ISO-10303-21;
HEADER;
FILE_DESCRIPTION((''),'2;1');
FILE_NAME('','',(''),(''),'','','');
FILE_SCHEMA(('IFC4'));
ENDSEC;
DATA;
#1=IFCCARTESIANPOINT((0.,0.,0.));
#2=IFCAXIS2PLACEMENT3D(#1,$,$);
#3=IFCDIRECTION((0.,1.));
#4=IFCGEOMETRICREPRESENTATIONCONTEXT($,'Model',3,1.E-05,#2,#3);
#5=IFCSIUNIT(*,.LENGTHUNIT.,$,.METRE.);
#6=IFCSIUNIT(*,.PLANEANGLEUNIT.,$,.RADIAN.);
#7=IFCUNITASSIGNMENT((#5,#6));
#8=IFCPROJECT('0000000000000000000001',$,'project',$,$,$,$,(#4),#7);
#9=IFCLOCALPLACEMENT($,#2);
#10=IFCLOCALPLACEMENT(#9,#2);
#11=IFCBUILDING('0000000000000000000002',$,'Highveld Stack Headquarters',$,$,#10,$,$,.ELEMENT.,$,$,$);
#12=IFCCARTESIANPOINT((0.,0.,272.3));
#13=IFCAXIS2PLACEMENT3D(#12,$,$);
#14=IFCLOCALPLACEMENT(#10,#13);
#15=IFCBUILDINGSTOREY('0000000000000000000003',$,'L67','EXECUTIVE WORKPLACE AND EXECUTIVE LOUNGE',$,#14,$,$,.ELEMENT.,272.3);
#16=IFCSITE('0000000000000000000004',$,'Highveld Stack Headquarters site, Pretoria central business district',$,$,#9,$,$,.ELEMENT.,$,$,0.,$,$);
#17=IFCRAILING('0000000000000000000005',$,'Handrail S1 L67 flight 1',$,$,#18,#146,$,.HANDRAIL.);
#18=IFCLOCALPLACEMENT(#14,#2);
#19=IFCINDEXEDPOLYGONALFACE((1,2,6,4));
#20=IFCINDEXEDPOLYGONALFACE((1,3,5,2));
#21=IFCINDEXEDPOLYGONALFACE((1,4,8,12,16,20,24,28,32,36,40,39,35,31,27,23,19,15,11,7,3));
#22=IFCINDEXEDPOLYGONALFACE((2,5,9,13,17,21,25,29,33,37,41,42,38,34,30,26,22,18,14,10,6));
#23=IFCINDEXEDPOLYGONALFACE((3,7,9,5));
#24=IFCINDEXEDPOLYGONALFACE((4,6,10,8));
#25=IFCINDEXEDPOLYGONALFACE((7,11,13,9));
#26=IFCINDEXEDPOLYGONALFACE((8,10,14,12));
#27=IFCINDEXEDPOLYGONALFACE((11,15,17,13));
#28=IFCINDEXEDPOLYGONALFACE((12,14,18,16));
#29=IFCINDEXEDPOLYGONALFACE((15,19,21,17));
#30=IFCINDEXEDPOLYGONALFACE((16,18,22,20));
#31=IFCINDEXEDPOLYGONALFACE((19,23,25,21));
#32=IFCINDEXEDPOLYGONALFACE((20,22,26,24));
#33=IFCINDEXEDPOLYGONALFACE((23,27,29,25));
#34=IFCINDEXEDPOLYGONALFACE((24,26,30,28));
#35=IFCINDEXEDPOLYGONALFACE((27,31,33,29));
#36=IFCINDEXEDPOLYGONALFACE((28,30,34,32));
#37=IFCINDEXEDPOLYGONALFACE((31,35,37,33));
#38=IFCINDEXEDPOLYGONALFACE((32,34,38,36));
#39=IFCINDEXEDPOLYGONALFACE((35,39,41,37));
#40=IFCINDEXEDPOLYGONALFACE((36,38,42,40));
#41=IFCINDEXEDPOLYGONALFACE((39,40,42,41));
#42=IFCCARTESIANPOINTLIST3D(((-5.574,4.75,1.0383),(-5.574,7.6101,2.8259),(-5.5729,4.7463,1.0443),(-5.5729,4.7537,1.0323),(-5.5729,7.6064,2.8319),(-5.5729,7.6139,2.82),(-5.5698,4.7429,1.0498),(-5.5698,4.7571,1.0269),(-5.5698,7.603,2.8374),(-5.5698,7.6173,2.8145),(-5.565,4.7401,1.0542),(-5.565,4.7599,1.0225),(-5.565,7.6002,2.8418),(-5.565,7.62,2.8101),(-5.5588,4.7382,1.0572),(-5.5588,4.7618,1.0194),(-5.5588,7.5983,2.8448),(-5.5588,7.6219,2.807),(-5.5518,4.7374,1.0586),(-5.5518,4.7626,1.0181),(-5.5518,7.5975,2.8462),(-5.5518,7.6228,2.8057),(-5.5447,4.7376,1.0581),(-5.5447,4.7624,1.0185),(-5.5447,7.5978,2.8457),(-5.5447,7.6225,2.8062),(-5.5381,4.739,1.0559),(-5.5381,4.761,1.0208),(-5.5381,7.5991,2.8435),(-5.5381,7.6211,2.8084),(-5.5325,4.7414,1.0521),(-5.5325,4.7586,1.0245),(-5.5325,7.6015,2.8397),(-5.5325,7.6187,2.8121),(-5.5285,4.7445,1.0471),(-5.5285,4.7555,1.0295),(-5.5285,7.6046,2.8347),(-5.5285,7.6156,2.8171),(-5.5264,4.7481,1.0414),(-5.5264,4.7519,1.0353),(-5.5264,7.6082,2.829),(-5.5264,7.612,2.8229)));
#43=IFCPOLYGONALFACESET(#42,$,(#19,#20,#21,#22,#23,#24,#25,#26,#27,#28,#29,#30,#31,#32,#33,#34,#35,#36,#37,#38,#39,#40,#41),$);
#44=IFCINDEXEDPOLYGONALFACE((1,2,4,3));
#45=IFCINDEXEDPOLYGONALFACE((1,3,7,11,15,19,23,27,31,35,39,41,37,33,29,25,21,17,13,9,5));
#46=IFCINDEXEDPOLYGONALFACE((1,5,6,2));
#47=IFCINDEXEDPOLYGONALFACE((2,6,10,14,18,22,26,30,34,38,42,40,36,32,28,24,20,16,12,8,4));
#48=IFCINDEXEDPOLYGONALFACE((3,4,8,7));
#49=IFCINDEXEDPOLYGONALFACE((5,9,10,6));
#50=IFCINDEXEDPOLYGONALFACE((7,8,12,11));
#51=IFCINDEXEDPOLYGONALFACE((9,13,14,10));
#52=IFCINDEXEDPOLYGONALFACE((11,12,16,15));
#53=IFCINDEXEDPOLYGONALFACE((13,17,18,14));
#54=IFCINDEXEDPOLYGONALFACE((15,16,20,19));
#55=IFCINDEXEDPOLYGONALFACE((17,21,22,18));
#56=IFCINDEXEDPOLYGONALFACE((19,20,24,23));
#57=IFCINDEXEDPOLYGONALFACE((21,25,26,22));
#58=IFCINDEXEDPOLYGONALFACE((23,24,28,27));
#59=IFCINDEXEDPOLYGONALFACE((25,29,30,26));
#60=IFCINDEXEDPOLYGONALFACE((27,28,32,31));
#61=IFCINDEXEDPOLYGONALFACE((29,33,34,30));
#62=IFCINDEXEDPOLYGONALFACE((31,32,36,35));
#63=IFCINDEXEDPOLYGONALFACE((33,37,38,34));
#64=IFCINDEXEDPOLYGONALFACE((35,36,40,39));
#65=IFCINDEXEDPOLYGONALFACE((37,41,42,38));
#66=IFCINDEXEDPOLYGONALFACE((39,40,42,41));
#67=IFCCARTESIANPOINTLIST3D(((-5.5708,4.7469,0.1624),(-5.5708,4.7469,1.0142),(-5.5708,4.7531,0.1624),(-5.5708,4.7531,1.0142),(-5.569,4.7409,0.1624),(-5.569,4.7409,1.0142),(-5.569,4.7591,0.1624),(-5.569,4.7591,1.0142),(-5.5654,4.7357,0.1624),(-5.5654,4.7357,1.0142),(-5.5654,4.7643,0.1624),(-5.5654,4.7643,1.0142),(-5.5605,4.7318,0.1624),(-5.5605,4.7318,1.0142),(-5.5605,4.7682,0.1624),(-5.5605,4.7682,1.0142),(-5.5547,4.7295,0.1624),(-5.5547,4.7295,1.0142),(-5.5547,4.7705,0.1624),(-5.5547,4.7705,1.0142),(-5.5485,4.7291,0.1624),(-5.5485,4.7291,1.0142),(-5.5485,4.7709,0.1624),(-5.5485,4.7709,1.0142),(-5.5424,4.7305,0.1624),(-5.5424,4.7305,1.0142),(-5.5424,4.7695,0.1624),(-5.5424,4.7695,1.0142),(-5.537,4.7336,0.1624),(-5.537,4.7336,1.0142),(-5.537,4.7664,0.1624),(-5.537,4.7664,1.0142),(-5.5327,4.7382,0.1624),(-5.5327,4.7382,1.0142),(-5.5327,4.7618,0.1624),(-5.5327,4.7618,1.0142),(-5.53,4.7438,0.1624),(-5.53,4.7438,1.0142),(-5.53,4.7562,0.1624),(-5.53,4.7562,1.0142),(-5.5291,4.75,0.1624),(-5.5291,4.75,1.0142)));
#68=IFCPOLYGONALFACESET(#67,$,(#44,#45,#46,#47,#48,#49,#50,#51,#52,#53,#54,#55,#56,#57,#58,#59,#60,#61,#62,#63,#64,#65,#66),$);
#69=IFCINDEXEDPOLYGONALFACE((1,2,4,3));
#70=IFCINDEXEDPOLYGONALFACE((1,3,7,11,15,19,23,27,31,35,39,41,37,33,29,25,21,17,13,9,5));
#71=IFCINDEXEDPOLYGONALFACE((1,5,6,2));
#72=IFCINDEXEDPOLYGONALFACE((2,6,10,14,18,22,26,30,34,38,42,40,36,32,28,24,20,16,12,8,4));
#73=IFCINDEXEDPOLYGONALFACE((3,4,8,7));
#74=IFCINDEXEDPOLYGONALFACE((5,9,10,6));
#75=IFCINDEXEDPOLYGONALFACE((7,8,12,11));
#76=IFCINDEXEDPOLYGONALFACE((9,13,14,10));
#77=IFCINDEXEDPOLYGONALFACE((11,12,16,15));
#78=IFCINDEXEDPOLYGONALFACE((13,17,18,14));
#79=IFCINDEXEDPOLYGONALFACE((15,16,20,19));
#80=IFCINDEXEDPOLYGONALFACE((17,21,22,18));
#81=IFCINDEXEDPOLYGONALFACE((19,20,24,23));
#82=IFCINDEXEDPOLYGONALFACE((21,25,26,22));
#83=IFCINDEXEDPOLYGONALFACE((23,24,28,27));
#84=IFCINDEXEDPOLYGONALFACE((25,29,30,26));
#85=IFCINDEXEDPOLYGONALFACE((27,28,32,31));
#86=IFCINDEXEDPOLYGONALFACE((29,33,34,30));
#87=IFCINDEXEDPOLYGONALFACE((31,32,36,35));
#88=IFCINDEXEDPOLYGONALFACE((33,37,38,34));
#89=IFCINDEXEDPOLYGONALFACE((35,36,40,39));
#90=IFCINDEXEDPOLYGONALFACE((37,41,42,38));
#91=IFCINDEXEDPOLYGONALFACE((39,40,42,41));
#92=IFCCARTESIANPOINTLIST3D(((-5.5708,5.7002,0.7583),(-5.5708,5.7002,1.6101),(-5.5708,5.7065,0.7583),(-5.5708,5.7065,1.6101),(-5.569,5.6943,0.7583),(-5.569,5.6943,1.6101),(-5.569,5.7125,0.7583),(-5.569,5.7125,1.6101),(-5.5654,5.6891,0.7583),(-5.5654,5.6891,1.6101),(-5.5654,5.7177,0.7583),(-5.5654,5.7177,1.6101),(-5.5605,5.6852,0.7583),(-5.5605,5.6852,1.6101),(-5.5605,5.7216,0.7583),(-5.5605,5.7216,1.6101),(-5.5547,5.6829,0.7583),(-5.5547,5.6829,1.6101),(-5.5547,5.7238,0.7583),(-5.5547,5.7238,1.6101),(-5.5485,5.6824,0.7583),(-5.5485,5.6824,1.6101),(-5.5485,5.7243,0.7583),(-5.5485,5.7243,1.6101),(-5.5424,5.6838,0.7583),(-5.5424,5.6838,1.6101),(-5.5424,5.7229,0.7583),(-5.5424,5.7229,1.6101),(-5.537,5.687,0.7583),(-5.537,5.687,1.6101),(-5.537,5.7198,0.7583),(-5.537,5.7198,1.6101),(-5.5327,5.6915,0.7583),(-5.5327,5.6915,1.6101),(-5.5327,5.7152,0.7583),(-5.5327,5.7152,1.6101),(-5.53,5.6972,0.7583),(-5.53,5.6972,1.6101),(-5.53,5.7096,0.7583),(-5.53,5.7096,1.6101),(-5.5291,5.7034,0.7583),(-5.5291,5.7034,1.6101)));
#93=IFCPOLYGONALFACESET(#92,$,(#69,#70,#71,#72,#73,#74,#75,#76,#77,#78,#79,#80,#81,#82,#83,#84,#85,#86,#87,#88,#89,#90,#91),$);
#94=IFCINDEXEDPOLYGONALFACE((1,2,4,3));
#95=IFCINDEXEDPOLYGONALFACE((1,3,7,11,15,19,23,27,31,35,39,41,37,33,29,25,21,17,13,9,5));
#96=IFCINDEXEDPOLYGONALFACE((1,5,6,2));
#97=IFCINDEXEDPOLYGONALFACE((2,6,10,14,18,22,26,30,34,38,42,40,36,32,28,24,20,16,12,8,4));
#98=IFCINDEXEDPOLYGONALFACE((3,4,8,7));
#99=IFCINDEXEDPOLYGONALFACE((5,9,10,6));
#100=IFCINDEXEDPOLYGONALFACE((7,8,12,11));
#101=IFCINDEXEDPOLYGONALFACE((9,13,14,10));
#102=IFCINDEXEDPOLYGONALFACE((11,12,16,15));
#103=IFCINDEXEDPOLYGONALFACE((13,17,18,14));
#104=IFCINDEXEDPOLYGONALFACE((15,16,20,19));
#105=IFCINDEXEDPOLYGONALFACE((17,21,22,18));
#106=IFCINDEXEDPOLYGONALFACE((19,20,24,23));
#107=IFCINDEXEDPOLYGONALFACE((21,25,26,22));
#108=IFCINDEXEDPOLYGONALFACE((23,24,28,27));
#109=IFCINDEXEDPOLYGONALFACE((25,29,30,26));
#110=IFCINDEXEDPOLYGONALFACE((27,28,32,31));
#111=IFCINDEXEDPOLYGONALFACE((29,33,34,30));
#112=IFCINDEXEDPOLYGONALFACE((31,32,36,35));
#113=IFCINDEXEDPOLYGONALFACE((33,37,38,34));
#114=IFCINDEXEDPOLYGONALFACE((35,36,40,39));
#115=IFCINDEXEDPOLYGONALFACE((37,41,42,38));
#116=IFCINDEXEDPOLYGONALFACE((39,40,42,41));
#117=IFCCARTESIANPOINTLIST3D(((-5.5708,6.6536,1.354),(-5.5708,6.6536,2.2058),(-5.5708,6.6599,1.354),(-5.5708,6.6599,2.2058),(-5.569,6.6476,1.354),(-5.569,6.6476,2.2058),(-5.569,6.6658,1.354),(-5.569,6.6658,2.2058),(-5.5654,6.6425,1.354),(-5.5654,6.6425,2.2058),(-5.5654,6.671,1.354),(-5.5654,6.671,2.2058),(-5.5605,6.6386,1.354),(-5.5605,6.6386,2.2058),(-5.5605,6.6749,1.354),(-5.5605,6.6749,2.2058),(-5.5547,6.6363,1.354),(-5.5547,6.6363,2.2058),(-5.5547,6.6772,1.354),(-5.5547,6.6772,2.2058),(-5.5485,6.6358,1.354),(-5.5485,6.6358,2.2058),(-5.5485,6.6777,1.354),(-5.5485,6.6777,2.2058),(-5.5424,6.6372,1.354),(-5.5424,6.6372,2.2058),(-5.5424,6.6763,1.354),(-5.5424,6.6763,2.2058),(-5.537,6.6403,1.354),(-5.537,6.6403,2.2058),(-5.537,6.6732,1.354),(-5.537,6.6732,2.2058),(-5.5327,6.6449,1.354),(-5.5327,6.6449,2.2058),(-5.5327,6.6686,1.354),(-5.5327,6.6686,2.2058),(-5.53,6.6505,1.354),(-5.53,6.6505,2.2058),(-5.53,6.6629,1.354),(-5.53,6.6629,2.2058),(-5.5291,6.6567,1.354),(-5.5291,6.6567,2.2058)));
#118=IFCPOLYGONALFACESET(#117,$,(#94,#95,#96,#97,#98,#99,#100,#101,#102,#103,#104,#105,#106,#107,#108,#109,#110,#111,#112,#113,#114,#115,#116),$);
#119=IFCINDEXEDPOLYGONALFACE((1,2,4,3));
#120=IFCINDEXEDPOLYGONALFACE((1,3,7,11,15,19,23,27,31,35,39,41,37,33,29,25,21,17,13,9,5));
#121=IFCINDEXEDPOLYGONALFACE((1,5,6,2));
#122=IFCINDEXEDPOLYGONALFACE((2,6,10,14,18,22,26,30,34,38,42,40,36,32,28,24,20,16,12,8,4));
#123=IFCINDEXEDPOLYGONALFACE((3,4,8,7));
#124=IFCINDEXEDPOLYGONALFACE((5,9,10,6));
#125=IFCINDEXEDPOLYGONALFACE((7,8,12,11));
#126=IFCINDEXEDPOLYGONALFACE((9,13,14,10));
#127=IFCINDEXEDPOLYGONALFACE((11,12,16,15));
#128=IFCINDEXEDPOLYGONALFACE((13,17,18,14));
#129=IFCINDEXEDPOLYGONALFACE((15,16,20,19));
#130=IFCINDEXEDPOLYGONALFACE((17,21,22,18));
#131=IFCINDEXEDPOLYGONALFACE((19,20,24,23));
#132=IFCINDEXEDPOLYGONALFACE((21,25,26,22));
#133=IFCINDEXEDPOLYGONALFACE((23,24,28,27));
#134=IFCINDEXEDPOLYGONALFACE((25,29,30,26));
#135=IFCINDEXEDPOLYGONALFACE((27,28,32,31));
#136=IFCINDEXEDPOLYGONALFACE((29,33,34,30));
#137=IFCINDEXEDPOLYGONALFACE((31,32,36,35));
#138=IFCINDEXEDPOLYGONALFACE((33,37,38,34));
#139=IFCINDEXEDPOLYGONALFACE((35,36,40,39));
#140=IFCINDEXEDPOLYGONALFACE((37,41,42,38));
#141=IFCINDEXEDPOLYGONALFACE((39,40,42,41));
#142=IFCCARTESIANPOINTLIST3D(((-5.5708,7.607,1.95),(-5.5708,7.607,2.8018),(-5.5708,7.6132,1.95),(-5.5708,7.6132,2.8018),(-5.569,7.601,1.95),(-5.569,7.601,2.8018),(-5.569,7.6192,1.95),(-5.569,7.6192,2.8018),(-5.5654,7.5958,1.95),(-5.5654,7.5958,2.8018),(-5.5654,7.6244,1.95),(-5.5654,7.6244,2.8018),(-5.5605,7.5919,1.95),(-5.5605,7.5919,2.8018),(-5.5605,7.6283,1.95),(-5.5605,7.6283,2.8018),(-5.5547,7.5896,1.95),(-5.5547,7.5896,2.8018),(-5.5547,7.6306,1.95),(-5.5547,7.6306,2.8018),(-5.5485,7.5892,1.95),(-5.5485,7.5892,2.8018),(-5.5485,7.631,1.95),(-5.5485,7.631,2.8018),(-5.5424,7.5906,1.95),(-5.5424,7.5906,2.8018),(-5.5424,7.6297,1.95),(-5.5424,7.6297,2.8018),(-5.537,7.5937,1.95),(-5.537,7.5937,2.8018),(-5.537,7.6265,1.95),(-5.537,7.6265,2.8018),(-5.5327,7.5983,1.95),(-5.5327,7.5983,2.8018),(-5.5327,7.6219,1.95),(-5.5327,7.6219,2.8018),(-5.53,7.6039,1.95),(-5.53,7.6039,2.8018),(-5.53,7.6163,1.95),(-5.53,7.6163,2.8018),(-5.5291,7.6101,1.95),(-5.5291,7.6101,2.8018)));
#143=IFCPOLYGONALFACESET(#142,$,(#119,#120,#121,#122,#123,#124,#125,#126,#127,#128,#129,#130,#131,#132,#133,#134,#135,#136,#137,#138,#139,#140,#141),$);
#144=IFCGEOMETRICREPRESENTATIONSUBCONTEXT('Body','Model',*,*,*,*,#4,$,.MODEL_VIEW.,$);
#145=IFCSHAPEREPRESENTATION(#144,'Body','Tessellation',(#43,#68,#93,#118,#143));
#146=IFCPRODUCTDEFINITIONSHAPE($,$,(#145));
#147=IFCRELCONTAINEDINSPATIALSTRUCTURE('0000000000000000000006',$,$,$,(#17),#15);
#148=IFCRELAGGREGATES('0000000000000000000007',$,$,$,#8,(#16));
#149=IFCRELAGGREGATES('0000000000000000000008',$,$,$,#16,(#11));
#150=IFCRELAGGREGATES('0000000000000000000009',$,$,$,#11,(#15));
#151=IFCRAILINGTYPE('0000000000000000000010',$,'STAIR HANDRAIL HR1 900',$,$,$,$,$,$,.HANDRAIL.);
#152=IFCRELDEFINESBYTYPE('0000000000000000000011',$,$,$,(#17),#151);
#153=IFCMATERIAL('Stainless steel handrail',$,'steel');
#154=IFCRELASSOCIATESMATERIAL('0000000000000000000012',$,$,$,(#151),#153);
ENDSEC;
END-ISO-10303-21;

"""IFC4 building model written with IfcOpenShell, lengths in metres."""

from ifc_helpers import new_model, si_unit, direction, frame, origin, origin_2d, place, context, subcontext, project, spatial, circle, extrude, material, type_object, element, save


model = new_model("IFC4")

# Units and contexts
model_context = context("Model", 3, precision=1e-05, world=origin(), true_north=direction((0.0, 1.0)))
body_context = subcontext(model_context, "Body", "Model", "MODEL_VIEW")
ifc_project = project(units=[si_unit("LENGTHUNIT", "METRE"), si_unit("PLANEANGLEUNIT", "RADIAN")], contexts=[model_context])

# Site, building, storey
site_placement = place(None, origin())
site = spatial("IfcSite", under=ifc_project, at=site_placement, Name="Highveld Stack Headquarters site, Pretoria central business district", CompositionType="ELEMENT", RefElevation=0.0)
building_placement = place(site_placement, origin())
building = spatial("IfcBuilding", under=site, at=building_placement, Name="Highveld Stack Headquarters", CompositionType="ELEMENT")
storey_placement = place(building_placement, frame((0.0, 0.0, 272.3)))
storey = spatial("IfcBuildingStorey", under=building, at=storey_placement, Name="L67", Description="EXECUTIVE WORKPLACE AND EXECUTIVE LOUNGE", CompositionType="ELEMENT", Elevation=272.3)

# Railing
ifc_material_1 = material(Name="Stainless steel handrail", Category="steel")
railing_type = type_object("IfcRailingType", Name="STAIR HANDRAIL HR1 900", PredefinedType="HANDRAIL", material=ifc_material_1)
for number, where, name in (
    (1, (-5.55, 4.75, 0.1624), "Handrail S1 L67 flight 1"),
):
    element("IfcRailing", number, at=place(storey_placement, frame(where)), inside=storey, type_object=railing_type, Name=name, PredefinedType="HANDRAIL", context=body_context, shape_type="SweptSolid", body=[
        extrude(circle(Radius=0.0239, at=origin_2d()), frame((0.0, 0.0, 0.876), z_axis=(0.0, 0.847994, 0.530005), x_axis=(-1.0, 0.0, 0.0)), (0.0, 0.0, 1.0), 3.3728),
        extrude(circle(Radius=0.021, at=origin_2d()), origin(), (0.0, 0.0, 1.0), 0.8518),
        extrude(circle(Radius=0.021, at=origin_2d()), frame((0.0, 0.9534, 0.5959)), (0.0, 0.0, 1.0), 0.8518),
        extrude(circle(Radius=0.021, at=origin_2d()), frame((0.0, 1.9067, 1.1917)), (0.0, 0.0, 1.0), 0.8518),
        extrude(circle(Radius=0.021, at=origin_2d()), frame((0.0, 2.8601, 1.7876)), (0.0, 0.0, 1.0), 0.8518),
    ])

save(model, "model.ifc")
